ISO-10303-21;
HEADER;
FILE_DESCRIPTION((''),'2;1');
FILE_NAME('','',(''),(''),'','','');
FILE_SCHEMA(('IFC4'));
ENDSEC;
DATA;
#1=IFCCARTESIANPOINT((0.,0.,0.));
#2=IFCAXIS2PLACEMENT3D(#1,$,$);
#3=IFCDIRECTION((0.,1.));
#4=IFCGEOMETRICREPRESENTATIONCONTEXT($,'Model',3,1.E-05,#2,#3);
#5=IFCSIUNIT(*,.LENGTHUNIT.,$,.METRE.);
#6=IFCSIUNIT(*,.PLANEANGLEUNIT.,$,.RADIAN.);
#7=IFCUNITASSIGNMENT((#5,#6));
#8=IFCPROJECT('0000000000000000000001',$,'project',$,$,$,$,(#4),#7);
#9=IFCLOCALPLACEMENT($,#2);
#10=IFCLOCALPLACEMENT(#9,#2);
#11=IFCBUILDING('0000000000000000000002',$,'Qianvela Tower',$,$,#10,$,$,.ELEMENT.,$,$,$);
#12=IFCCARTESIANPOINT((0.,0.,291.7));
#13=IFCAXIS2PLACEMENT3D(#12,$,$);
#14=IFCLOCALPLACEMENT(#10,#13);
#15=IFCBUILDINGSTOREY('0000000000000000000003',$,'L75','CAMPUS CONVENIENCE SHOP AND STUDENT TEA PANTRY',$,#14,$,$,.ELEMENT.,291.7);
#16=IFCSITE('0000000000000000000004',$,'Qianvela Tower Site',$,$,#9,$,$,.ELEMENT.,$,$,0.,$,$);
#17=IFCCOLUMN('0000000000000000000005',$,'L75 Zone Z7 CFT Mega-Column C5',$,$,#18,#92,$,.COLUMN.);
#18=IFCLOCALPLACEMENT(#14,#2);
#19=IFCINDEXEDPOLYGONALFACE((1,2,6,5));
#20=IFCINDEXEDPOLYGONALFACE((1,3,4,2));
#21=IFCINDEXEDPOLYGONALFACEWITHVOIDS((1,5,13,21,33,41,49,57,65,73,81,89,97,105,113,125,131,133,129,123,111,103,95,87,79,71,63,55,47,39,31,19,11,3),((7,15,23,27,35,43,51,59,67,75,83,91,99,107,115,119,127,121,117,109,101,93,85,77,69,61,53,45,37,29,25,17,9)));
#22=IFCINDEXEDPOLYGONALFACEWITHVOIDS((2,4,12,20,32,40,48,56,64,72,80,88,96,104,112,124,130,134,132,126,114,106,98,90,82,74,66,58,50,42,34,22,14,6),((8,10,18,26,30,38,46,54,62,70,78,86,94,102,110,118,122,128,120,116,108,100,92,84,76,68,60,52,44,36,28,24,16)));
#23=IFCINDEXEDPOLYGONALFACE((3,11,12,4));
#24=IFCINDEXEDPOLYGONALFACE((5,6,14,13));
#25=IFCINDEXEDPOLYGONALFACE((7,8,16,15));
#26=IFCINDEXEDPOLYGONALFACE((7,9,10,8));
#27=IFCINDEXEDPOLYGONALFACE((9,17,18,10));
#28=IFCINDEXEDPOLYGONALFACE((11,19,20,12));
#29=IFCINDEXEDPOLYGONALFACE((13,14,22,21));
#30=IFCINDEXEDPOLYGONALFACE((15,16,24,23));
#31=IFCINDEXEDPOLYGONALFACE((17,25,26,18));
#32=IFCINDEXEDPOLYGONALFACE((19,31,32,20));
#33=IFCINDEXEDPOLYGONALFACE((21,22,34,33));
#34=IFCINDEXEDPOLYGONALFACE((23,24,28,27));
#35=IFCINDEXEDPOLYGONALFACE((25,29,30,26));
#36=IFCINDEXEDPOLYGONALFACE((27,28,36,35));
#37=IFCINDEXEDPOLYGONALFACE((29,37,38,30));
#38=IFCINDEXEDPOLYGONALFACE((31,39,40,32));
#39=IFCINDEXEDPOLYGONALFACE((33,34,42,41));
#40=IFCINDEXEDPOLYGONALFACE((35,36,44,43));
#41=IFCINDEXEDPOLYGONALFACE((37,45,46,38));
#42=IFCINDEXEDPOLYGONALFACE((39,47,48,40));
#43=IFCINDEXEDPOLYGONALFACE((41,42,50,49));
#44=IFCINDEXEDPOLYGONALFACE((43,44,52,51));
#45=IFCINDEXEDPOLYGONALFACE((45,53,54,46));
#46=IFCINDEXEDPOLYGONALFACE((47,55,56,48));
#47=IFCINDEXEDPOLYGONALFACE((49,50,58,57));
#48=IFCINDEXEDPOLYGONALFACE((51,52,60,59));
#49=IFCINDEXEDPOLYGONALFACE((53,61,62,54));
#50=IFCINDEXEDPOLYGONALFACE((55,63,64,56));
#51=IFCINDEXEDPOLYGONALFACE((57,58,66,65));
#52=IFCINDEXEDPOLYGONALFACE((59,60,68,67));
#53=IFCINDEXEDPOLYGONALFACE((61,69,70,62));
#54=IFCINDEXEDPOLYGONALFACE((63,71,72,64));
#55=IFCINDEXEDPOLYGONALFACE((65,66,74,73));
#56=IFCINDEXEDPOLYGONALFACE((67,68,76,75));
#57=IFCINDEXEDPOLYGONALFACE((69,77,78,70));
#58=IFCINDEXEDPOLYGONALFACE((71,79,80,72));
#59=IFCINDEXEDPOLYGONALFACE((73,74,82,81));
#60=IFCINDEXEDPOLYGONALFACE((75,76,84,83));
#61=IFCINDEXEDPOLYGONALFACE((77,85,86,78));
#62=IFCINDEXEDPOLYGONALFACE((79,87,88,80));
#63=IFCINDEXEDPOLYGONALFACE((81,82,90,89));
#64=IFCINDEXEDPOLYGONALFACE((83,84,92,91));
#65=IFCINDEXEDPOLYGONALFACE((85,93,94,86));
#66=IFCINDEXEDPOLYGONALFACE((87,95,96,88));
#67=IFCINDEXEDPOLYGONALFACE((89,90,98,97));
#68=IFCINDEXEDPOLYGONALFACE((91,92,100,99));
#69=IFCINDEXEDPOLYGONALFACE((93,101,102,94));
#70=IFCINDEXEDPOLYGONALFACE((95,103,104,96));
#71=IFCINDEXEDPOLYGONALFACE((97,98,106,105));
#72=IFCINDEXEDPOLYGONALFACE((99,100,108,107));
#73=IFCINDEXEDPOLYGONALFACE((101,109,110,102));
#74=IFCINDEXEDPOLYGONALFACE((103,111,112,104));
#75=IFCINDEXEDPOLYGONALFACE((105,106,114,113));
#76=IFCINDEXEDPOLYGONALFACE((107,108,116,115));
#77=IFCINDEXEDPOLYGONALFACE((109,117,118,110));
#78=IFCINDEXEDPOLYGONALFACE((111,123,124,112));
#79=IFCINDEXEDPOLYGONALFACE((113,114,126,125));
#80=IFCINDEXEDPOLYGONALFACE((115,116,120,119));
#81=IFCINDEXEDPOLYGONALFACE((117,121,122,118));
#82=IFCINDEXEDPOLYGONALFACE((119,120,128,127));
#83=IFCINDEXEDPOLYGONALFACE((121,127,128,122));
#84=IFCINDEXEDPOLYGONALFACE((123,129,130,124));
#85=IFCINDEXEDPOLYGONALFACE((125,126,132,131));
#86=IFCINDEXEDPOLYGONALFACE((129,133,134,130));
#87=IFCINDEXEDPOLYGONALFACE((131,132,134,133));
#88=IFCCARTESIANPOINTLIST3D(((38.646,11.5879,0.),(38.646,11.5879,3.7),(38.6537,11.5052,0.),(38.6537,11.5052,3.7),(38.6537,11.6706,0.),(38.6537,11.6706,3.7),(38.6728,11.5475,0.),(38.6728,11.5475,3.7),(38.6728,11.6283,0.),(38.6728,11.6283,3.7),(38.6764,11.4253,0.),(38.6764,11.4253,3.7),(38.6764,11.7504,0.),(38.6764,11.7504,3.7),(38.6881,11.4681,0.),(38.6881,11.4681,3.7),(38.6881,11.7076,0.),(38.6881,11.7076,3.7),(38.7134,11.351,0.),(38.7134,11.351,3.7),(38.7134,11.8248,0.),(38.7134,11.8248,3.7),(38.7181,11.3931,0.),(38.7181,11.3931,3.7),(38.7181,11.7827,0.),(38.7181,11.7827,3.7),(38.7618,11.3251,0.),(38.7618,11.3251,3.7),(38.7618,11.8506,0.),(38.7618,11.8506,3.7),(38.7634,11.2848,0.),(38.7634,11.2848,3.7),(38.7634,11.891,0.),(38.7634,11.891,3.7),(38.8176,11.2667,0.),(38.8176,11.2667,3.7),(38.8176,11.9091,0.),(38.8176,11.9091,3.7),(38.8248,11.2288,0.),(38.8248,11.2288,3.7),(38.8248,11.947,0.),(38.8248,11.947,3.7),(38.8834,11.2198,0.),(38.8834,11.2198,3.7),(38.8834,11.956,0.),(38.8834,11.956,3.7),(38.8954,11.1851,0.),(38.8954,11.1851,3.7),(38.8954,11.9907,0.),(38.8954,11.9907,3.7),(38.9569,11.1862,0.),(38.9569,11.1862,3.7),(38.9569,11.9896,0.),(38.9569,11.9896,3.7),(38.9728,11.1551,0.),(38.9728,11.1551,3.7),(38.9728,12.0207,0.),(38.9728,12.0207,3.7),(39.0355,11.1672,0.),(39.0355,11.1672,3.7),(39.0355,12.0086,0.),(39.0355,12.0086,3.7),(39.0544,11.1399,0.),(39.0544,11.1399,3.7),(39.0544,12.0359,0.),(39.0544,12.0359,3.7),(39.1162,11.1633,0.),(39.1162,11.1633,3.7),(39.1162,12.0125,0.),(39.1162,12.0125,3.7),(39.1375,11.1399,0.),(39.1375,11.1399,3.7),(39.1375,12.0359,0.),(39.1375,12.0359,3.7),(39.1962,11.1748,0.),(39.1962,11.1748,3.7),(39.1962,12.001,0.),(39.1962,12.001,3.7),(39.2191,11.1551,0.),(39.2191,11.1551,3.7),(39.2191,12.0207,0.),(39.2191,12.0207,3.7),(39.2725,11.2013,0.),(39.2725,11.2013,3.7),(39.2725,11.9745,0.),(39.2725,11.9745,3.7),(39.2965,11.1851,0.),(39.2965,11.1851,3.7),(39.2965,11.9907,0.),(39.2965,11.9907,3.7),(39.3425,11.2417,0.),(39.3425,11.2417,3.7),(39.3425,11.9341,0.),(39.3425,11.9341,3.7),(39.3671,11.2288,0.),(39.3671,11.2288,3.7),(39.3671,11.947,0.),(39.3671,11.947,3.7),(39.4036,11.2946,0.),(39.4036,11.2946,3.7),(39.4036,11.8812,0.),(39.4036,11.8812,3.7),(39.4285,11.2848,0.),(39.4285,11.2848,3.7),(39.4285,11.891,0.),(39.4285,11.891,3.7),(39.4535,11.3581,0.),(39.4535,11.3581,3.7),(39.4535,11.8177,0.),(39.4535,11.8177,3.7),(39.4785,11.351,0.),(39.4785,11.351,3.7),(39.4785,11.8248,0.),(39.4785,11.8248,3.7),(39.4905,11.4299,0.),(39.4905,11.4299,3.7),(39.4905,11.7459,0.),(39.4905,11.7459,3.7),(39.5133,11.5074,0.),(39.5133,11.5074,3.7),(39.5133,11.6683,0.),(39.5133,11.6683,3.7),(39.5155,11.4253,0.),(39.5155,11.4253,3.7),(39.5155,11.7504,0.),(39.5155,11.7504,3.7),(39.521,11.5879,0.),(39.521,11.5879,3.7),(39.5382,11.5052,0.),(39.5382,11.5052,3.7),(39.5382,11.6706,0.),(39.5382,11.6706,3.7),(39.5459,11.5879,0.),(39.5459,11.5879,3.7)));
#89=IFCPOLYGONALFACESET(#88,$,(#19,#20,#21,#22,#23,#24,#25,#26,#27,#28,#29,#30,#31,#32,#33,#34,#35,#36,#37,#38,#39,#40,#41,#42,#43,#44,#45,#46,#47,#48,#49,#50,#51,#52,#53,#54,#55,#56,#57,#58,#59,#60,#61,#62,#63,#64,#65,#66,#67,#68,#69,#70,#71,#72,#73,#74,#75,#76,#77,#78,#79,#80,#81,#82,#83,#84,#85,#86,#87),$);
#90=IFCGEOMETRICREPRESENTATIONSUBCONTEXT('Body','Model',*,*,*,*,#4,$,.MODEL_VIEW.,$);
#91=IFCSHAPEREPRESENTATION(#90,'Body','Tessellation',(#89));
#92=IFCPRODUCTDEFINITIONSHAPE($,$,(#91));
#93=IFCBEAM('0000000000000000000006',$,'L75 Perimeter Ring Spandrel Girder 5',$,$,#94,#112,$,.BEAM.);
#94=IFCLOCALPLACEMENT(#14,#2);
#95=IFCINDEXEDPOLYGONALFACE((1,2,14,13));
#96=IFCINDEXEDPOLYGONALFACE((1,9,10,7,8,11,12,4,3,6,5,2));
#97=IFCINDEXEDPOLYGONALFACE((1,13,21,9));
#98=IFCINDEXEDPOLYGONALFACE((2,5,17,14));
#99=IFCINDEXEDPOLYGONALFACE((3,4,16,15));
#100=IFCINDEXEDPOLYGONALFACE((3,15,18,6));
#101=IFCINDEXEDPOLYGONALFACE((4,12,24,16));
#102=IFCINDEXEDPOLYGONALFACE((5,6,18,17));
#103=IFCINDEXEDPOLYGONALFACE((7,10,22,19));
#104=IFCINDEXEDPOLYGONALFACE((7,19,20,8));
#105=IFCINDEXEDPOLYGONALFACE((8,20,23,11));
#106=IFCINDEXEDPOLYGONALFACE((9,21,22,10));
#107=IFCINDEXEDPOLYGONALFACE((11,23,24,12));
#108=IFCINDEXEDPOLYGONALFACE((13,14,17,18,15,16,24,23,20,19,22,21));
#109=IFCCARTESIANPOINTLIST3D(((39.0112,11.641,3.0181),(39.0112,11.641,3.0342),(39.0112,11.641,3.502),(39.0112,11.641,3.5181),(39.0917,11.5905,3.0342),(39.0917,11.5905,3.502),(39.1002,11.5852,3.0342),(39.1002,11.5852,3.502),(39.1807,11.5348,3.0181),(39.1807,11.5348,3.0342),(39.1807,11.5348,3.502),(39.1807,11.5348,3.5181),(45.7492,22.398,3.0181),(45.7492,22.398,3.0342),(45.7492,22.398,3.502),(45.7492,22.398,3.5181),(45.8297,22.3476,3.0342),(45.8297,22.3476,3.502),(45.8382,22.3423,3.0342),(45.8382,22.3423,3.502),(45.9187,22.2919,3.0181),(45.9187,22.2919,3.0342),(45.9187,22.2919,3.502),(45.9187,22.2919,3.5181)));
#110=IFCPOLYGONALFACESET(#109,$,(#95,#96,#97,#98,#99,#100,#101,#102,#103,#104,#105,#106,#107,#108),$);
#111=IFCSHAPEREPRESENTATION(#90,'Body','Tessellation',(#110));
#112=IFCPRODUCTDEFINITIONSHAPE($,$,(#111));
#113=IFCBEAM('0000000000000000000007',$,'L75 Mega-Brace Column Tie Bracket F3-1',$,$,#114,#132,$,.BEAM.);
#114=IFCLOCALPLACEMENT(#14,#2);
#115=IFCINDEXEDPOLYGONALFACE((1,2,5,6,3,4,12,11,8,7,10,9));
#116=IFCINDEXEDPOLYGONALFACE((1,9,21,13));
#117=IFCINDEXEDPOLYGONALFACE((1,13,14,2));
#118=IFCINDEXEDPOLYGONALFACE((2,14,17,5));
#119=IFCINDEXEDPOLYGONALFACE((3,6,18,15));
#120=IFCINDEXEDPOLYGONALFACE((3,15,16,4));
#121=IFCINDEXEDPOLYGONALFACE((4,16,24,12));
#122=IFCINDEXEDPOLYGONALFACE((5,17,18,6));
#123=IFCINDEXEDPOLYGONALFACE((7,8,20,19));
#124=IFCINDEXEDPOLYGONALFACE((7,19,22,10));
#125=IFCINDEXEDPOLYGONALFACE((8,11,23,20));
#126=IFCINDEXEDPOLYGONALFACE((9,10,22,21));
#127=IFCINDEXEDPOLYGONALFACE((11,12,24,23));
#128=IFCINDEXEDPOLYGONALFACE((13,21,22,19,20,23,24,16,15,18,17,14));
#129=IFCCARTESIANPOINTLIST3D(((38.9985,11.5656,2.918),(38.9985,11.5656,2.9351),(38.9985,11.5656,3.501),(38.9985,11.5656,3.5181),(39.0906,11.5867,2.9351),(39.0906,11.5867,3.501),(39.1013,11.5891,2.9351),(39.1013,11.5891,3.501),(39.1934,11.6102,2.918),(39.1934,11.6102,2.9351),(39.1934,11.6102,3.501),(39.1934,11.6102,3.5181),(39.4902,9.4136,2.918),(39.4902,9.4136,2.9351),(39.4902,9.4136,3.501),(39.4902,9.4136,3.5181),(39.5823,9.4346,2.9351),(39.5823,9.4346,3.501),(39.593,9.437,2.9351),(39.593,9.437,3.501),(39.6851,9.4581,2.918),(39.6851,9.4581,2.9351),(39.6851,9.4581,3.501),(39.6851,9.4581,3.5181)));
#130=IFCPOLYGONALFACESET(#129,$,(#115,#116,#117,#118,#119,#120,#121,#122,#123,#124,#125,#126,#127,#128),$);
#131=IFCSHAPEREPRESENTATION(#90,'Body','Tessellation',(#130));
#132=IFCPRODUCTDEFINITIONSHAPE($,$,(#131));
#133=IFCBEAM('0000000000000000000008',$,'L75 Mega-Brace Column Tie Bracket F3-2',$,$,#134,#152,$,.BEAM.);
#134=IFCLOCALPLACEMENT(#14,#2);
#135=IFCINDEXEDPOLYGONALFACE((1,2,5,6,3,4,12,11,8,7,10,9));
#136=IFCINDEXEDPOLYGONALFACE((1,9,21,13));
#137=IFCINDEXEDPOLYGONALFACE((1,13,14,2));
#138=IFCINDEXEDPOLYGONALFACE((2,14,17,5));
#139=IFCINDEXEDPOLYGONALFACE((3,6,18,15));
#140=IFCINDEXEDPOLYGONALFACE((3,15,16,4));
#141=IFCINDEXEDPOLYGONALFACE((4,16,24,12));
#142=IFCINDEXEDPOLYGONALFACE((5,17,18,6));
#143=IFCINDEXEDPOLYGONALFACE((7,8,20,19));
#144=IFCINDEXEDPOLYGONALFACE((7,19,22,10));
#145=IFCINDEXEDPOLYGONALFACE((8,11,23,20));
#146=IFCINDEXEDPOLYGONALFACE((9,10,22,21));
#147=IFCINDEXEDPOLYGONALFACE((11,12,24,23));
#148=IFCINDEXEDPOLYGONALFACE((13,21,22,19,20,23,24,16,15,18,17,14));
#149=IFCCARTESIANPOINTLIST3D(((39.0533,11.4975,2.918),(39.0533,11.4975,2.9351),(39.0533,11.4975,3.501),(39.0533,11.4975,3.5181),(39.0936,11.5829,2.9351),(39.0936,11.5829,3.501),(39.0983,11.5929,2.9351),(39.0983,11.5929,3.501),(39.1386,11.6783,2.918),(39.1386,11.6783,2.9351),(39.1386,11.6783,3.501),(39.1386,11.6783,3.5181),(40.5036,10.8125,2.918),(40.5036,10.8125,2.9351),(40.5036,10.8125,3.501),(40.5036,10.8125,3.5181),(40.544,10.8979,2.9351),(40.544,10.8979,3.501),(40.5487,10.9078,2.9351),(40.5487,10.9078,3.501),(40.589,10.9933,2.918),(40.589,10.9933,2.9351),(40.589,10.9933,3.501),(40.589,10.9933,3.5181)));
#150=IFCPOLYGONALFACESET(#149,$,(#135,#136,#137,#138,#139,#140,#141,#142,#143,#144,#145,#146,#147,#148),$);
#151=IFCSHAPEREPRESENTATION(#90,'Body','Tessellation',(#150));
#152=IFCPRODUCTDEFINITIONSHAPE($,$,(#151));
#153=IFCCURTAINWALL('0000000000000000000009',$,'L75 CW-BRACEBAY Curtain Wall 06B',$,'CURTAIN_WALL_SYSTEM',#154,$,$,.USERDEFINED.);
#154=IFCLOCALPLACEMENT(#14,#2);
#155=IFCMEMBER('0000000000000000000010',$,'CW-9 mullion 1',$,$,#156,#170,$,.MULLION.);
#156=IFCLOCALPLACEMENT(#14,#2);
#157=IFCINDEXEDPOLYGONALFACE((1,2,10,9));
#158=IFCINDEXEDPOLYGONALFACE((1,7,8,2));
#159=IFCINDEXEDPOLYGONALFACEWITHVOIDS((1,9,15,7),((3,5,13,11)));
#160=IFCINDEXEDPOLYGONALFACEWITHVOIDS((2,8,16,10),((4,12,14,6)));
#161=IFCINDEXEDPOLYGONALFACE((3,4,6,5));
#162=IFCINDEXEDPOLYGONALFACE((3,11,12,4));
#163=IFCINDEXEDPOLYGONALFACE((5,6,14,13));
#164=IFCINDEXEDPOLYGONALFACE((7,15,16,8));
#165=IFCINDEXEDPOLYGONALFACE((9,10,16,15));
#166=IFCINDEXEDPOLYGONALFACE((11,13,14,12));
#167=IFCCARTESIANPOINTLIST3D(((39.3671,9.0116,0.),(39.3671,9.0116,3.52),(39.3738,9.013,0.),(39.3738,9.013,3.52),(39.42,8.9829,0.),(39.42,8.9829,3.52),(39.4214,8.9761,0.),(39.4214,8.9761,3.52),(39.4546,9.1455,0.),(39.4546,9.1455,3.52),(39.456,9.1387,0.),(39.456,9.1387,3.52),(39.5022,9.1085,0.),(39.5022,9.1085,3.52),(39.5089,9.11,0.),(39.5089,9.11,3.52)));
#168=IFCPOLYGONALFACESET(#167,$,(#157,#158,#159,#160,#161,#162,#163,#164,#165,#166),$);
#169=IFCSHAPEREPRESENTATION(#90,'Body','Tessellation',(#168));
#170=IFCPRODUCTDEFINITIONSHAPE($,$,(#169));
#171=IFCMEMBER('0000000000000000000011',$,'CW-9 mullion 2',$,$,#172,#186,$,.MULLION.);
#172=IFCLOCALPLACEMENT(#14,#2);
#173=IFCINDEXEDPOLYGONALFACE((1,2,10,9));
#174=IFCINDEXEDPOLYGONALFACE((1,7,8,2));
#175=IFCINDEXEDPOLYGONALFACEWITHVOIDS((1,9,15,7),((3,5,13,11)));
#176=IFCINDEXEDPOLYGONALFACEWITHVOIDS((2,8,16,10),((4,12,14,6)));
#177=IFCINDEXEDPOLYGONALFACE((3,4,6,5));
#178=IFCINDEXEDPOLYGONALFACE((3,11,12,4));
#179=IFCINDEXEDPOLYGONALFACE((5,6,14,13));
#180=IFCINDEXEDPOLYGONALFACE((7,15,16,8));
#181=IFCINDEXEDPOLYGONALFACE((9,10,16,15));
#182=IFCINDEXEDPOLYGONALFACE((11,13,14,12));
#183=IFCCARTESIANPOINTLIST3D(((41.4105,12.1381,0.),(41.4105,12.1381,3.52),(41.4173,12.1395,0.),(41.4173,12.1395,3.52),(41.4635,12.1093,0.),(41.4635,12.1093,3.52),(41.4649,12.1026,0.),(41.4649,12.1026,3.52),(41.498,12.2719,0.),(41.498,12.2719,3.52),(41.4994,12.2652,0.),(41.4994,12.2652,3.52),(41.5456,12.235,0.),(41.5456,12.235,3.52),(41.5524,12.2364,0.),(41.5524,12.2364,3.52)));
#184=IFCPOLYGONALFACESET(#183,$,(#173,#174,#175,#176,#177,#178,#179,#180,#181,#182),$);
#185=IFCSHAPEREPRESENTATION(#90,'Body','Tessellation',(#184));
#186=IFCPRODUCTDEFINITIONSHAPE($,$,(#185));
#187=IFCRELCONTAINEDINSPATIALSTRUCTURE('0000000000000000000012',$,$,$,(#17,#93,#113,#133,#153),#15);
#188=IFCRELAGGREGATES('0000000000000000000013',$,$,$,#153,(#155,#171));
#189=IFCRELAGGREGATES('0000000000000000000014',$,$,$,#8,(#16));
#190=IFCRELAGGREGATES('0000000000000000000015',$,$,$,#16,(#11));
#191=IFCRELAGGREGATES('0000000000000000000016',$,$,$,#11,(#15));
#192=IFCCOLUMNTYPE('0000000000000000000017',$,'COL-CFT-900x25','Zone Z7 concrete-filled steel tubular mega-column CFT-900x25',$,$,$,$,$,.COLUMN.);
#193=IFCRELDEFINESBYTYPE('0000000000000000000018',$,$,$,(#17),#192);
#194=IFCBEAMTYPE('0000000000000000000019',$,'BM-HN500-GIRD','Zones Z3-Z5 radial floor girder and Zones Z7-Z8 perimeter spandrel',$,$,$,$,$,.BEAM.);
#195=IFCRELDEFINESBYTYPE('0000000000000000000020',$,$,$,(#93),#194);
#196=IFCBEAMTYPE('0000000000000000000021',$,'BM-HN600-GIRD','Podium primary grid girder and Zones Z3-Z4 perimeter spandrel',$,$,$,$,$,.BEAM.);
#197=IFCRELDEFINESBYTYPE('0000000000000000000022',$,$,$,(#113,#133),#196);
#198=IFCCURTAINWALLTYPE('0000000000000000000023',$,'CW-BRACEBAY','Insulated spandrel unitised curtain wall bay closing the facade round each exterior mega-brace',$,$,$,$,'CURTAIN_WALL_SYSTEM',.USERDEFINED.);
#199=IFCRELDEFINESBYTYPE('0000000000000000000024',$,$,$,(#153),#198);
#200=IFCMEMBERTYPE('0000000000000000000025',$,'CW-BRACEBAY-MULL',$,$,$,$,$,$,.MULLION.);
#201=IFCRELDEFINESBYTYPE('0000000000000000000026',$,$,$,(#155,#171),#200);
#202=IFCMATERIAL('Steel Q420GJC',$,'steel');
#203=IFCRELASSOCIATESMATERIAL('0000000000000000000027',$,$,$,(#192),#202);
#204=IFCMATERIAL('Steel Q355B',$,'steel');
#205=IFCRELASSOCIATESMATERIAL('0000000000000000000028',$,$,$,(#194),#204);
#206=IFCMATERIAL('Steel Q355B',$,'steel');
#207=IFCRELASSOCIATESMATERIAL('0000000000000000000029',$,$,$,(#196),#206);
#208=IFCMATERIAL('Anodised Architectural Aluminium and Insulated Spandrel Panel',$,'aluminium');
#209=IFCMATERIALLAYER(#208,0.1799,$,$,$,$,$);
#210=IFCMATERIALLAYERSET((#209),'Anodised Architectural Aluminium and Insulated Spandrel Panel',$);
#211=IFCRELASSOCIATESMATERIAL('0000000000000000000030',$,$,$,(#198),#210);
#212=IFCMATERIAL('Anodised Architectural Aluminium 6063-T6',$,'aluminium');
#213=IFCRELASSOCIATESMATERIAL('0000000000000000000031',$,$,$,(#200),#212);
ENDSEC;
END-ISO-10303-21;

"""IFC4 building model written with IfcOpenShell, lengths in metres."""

from ifc_helpers import new_model, si_unit, direction, frame, origin, origin_2d, place, context, subcontext, project, spatial, hollow_rectangle, hollow_circle, i_section, extrude, material, layer, layer_set, material_profile, profile_set, type_object, element, aggregate, save


model = new_model("IFC4")

# Units and contexts
model_context = context("Model", 3, precision=1e-05, world=origin(), true_north=direction((0.0, 1.0)))
body_context = subcontext(model_context, "Body", "Model", "MODEL_VIEW")
ifc_project = project(units=[si_unit("LENGTHUNIT", "METRE"), si_unit("PLANEANGLEUNIT", "RADIAN")], contexts=[model_context])

# Site, building, storey
site_placement = place(None, origin())
site = spatial("IfcSite", under=ifc_project, at=site_placement, Name="Qianvela Tower Site", CompositionType="ELEMENT", RefElevation=0.0)
building_placement = place(site_placement, origin())
building = spatial("IfcBuilding", under=site, at=building_placement, Name="Qianvela Tower", CompositionType="ELEMENT")
storey_placement = place(building_placement, frame((0.0, 0.0, 291.7)))
storey = spatial("IfcBuildingStorey", under=building, at=storey_placement, Name="L75", Description="CAMPUS CONVENIENCE SHOP AND STUDENT TEA PANTRY", CompositionType="ELEMENT", Elevation=291.7)

# Column
ifc_material_1 = material(Name="Steel Q420GJC", Category="steel")
ifc_material_profile_1 = material_profile(ifc_material_1, hollow_circle(Radius=0.45, WallThickness=0.0249, at=origin_2d()), Name="CFT-900x25")
ifc_profile_set_1 = profile_set([ifc_material_profile_1], Name="Steel Q420GJC")
column_type = type_object("IfcColumnType", Name="COL-CFT-900x25", Description="Zone Z7 concrete-filled steel tubular mega-column CFT-900x25", PredefinedType="COLUMN", material=ifc_profile_set_1)
column_placement = place(storey_placement, frame((39.0959, 11.5879, 0.0), z_axis=(0.0, 0.0, 1.0), x_axis=(1.0, 0.0, 0.0)))
element("IfcColumn", 1, at=column_placement, inside=storey, type_object=column_type, Name="L75 Zone Z7 CFT Mega-Column C5", PredefinedType="COLUMN", context=body_context, shape_type="SweptSolid", body=[
    extrude(hollow_circle(Radius=0.45, WallThickness=0.0249, at=origin_2d()), origin(), (0.0, 0.0, 1.0), 3.7),
])

# Beams
ifc_material_2 = material(Name="Steel Q355B", Category="steel")
ifc_material_profile_2 = material_profile(ifc_material_2, i_section(OverallWidth=0.2, OverallDepth=0.5, WebThickness=0.01, FlangeThickness=0.0161, at=origin_2d()), Name="HN500x200x10x16")
ifc_profile_set_2 = profile_set([ifc_material_profile_2], Name="Steel Q355B")
beam_type_1 = type_object("IfcBeamType", Name="BM-HN500-GIRD", Description="Zones Z3-Z5 radial floor girder and Zones Z7-Z8 perimeter spandrel", PredefinedType="BEAM", material=ifc_profile_set_2)
beam_1_placement = place(storey_placement, frame((39.0959, 11.5879, 3.2681), z_axis=(0.530841, 0.847472, 0.0), x_axis=(-0.847472, 0.530841, 0.0)))
element("IfcBeam", 2, at=beam_1_placement, inside=storey, type_object=beam_type_1, Name="L75 Perimeter Ring Spandrel Girder 5", PredefinedType="BEAM", context=body_context, shape_type="SweptSolid", body=[
    extrude(i_section(OverallWidth=0.2, OverallDepth=0.5, WebThickness=0.01, FlangeThickness=0.0161, at=origin_2d()), origin(), (0.0, 0.0, 1.0), 12.6931),
])
ifc_material_3 = material(Name="Steel Q355B", Category="steel")
ifc_material_profile_3 = material_profile(ifc_material_3, i_section(OverallWidth=0.2, OverallDepth=0.6001, WebThickness=0.011, FlangeThickness=0.0171, at=origin_2d()), Name="HN600x200x11x17")
ifc_profile_set_3 = profile_set([ifc_material_profile_3], Name="Steel Q355B")
beam_type_2 = type_object("IfcBeamType", Name="BM-HN600-GIRD", Description="Podium primary grid girder and Zones Z3-Z4 perimeter spandrel", PredefinedType="BEAM", material=ifc_profile_set_3)
beam_2_placement = place(storey_placement, frame((39.0959, 11.5879, 3.218), z_axis=(0.222735, -0.974879, 0.0), x_axis=(0.974879, 0.222735, 0.0)))
element("IfcBeam", 3, at=beam_2_placement, inside=storey, type_object=beam_type_2, Name="L75 Mega-Brace Column Tie Bracket F3-1", PredefinedType="BEAM", context=body_context, shape_type="SweptSolid", body=[
    extrude(i_section(OverallWidth=0.2, OverallDepth=0.6001, WebThickness=0.011, FlangeThickness=0.0171, at=origin_2d()), origin(), (0.0, 0.0, 1.0), 2.2075),
])
beam_3_placement = place(storey_placement, frame((39.0959, 11.5879, 3.218), z_axis=(0.904218, -0.427072, 0.0), x_axis=(0.427072, 0.904218, 0.0)))
element("IfcBeam", 4, at=beam_3_placement, inside=storey, type_object=beam_type_2, Name="L75 Mega-Brace Column Tie Bracket F3-2", PredefinedType="BEAM", context=body_context, shape_type="SweptSolid", body=[
    extrude(i_section(OverallWidth=0.2, OverallDepth=0.6001, WebThickness=0.011, FlangeThickness=0.0171, at=origin_2d()), origin(), (0.0, 0.0, 1.0), 1.604),
])

# Curtain wall, members
ifc_material_4 = material(Name="Anodised Architectural Aluminium and Insulated Spandrel Panel", Category="aluminium")
ifc_layer_1 = layer(ifc_material_4, 0.1799)
ifc_layer_set_1 = layer_set([ifc_layer_1], Name="Anodised Architectural Aluminium and Insulated Spandrel Panel")
curtain_wall_type_1 = type_object("IfcCurtainWallType", Name="CW-BRACEBAY", Description="Insulated spandrel unitised curtain wall bay closing the facade round each exterior mega-brace", ElementType="CURTAIN_WALL_SYSTEM", PredefinedType="USERDEFINED", material=ifc_layer_set_1)
curtain_wall_1_placement = place(storey_placement, origin())
curtain_wall_1 = element("IfcCurtainWall", 5, at=curtain_wall_1_placement, inside=storey, type_object=curtain_wall_type_1, Name="L75 CW-BRACEBAY Curtain Wall 06B", ObjectType="CURTAIN_WALL_SYSTEM", PredefinedType="USERDEFINED")
ifc_material_5 = material(Name="Anodised Architectural Aluminium 6063-T6", Category="aluminium")
ifc_material_profile_4 = material_profile(ifc_material_5, hollow_rectangle(XDim=0.0649, YDim=0.1599, WallThickness=0.0049, at=origin_2d()), Name="ALU-MULL-65x160")
ifc_profile_set_4 = profile_set([ifc_material_profile_4], Name="Anodised Architectural Aluminium 6063-T6")
member_type_1 = type_object("IfcMemberType", Name="CW-BRACEBAY-MULL", PredefinedType="MULLION", material=ifc_profile_set_4)
member_1_placement = place(storey_placement, frame((39.438, 9.0608, 0.0), z_axis=(0.0, 0.0, 1.0), x_axis=(-0.83708, 0.54708, 0.0)))
member_1 = element("IfcMember", 6, at=member_1_placement, type_object=member_type_1, Name="CW-9 mullion 1", PredefinedType="MULLION", context=body_context, shape_type="SweptSolid", body=[
    extrude(hollow_rectangle(XDim=0.0649, YDim=0.1599, WallThickness=0.0049, at=origin_2d()), origin(), (0.0, 0.0, 1.0), 3.52),
])
member_2_placement = place(storey_placement, frame((41.4814, 12.1873, 0.0), z_axis=(0.0, 0.0, 1.0), x_axis=(-0.83708, 0.54708, 0.0)))
member_2 = element("IfcMember", 7, at=member_2_placement, type_object=member_type_1, Name="CW-9 mullion 2", PredefinedType="MULLION", context=body_context, shape_type="SweptSolid", body=[
    extrude(hollow_rectangle(XDim=0.0649, YDim=0.1599, WallThickness=0.0049, at=origin_2d()), origin(), (0.0, 0.0, 1.0), 3.52),
])

aggregate(curtain_wall_1, [member_1, member_2])

save(model, "model.ifc")
